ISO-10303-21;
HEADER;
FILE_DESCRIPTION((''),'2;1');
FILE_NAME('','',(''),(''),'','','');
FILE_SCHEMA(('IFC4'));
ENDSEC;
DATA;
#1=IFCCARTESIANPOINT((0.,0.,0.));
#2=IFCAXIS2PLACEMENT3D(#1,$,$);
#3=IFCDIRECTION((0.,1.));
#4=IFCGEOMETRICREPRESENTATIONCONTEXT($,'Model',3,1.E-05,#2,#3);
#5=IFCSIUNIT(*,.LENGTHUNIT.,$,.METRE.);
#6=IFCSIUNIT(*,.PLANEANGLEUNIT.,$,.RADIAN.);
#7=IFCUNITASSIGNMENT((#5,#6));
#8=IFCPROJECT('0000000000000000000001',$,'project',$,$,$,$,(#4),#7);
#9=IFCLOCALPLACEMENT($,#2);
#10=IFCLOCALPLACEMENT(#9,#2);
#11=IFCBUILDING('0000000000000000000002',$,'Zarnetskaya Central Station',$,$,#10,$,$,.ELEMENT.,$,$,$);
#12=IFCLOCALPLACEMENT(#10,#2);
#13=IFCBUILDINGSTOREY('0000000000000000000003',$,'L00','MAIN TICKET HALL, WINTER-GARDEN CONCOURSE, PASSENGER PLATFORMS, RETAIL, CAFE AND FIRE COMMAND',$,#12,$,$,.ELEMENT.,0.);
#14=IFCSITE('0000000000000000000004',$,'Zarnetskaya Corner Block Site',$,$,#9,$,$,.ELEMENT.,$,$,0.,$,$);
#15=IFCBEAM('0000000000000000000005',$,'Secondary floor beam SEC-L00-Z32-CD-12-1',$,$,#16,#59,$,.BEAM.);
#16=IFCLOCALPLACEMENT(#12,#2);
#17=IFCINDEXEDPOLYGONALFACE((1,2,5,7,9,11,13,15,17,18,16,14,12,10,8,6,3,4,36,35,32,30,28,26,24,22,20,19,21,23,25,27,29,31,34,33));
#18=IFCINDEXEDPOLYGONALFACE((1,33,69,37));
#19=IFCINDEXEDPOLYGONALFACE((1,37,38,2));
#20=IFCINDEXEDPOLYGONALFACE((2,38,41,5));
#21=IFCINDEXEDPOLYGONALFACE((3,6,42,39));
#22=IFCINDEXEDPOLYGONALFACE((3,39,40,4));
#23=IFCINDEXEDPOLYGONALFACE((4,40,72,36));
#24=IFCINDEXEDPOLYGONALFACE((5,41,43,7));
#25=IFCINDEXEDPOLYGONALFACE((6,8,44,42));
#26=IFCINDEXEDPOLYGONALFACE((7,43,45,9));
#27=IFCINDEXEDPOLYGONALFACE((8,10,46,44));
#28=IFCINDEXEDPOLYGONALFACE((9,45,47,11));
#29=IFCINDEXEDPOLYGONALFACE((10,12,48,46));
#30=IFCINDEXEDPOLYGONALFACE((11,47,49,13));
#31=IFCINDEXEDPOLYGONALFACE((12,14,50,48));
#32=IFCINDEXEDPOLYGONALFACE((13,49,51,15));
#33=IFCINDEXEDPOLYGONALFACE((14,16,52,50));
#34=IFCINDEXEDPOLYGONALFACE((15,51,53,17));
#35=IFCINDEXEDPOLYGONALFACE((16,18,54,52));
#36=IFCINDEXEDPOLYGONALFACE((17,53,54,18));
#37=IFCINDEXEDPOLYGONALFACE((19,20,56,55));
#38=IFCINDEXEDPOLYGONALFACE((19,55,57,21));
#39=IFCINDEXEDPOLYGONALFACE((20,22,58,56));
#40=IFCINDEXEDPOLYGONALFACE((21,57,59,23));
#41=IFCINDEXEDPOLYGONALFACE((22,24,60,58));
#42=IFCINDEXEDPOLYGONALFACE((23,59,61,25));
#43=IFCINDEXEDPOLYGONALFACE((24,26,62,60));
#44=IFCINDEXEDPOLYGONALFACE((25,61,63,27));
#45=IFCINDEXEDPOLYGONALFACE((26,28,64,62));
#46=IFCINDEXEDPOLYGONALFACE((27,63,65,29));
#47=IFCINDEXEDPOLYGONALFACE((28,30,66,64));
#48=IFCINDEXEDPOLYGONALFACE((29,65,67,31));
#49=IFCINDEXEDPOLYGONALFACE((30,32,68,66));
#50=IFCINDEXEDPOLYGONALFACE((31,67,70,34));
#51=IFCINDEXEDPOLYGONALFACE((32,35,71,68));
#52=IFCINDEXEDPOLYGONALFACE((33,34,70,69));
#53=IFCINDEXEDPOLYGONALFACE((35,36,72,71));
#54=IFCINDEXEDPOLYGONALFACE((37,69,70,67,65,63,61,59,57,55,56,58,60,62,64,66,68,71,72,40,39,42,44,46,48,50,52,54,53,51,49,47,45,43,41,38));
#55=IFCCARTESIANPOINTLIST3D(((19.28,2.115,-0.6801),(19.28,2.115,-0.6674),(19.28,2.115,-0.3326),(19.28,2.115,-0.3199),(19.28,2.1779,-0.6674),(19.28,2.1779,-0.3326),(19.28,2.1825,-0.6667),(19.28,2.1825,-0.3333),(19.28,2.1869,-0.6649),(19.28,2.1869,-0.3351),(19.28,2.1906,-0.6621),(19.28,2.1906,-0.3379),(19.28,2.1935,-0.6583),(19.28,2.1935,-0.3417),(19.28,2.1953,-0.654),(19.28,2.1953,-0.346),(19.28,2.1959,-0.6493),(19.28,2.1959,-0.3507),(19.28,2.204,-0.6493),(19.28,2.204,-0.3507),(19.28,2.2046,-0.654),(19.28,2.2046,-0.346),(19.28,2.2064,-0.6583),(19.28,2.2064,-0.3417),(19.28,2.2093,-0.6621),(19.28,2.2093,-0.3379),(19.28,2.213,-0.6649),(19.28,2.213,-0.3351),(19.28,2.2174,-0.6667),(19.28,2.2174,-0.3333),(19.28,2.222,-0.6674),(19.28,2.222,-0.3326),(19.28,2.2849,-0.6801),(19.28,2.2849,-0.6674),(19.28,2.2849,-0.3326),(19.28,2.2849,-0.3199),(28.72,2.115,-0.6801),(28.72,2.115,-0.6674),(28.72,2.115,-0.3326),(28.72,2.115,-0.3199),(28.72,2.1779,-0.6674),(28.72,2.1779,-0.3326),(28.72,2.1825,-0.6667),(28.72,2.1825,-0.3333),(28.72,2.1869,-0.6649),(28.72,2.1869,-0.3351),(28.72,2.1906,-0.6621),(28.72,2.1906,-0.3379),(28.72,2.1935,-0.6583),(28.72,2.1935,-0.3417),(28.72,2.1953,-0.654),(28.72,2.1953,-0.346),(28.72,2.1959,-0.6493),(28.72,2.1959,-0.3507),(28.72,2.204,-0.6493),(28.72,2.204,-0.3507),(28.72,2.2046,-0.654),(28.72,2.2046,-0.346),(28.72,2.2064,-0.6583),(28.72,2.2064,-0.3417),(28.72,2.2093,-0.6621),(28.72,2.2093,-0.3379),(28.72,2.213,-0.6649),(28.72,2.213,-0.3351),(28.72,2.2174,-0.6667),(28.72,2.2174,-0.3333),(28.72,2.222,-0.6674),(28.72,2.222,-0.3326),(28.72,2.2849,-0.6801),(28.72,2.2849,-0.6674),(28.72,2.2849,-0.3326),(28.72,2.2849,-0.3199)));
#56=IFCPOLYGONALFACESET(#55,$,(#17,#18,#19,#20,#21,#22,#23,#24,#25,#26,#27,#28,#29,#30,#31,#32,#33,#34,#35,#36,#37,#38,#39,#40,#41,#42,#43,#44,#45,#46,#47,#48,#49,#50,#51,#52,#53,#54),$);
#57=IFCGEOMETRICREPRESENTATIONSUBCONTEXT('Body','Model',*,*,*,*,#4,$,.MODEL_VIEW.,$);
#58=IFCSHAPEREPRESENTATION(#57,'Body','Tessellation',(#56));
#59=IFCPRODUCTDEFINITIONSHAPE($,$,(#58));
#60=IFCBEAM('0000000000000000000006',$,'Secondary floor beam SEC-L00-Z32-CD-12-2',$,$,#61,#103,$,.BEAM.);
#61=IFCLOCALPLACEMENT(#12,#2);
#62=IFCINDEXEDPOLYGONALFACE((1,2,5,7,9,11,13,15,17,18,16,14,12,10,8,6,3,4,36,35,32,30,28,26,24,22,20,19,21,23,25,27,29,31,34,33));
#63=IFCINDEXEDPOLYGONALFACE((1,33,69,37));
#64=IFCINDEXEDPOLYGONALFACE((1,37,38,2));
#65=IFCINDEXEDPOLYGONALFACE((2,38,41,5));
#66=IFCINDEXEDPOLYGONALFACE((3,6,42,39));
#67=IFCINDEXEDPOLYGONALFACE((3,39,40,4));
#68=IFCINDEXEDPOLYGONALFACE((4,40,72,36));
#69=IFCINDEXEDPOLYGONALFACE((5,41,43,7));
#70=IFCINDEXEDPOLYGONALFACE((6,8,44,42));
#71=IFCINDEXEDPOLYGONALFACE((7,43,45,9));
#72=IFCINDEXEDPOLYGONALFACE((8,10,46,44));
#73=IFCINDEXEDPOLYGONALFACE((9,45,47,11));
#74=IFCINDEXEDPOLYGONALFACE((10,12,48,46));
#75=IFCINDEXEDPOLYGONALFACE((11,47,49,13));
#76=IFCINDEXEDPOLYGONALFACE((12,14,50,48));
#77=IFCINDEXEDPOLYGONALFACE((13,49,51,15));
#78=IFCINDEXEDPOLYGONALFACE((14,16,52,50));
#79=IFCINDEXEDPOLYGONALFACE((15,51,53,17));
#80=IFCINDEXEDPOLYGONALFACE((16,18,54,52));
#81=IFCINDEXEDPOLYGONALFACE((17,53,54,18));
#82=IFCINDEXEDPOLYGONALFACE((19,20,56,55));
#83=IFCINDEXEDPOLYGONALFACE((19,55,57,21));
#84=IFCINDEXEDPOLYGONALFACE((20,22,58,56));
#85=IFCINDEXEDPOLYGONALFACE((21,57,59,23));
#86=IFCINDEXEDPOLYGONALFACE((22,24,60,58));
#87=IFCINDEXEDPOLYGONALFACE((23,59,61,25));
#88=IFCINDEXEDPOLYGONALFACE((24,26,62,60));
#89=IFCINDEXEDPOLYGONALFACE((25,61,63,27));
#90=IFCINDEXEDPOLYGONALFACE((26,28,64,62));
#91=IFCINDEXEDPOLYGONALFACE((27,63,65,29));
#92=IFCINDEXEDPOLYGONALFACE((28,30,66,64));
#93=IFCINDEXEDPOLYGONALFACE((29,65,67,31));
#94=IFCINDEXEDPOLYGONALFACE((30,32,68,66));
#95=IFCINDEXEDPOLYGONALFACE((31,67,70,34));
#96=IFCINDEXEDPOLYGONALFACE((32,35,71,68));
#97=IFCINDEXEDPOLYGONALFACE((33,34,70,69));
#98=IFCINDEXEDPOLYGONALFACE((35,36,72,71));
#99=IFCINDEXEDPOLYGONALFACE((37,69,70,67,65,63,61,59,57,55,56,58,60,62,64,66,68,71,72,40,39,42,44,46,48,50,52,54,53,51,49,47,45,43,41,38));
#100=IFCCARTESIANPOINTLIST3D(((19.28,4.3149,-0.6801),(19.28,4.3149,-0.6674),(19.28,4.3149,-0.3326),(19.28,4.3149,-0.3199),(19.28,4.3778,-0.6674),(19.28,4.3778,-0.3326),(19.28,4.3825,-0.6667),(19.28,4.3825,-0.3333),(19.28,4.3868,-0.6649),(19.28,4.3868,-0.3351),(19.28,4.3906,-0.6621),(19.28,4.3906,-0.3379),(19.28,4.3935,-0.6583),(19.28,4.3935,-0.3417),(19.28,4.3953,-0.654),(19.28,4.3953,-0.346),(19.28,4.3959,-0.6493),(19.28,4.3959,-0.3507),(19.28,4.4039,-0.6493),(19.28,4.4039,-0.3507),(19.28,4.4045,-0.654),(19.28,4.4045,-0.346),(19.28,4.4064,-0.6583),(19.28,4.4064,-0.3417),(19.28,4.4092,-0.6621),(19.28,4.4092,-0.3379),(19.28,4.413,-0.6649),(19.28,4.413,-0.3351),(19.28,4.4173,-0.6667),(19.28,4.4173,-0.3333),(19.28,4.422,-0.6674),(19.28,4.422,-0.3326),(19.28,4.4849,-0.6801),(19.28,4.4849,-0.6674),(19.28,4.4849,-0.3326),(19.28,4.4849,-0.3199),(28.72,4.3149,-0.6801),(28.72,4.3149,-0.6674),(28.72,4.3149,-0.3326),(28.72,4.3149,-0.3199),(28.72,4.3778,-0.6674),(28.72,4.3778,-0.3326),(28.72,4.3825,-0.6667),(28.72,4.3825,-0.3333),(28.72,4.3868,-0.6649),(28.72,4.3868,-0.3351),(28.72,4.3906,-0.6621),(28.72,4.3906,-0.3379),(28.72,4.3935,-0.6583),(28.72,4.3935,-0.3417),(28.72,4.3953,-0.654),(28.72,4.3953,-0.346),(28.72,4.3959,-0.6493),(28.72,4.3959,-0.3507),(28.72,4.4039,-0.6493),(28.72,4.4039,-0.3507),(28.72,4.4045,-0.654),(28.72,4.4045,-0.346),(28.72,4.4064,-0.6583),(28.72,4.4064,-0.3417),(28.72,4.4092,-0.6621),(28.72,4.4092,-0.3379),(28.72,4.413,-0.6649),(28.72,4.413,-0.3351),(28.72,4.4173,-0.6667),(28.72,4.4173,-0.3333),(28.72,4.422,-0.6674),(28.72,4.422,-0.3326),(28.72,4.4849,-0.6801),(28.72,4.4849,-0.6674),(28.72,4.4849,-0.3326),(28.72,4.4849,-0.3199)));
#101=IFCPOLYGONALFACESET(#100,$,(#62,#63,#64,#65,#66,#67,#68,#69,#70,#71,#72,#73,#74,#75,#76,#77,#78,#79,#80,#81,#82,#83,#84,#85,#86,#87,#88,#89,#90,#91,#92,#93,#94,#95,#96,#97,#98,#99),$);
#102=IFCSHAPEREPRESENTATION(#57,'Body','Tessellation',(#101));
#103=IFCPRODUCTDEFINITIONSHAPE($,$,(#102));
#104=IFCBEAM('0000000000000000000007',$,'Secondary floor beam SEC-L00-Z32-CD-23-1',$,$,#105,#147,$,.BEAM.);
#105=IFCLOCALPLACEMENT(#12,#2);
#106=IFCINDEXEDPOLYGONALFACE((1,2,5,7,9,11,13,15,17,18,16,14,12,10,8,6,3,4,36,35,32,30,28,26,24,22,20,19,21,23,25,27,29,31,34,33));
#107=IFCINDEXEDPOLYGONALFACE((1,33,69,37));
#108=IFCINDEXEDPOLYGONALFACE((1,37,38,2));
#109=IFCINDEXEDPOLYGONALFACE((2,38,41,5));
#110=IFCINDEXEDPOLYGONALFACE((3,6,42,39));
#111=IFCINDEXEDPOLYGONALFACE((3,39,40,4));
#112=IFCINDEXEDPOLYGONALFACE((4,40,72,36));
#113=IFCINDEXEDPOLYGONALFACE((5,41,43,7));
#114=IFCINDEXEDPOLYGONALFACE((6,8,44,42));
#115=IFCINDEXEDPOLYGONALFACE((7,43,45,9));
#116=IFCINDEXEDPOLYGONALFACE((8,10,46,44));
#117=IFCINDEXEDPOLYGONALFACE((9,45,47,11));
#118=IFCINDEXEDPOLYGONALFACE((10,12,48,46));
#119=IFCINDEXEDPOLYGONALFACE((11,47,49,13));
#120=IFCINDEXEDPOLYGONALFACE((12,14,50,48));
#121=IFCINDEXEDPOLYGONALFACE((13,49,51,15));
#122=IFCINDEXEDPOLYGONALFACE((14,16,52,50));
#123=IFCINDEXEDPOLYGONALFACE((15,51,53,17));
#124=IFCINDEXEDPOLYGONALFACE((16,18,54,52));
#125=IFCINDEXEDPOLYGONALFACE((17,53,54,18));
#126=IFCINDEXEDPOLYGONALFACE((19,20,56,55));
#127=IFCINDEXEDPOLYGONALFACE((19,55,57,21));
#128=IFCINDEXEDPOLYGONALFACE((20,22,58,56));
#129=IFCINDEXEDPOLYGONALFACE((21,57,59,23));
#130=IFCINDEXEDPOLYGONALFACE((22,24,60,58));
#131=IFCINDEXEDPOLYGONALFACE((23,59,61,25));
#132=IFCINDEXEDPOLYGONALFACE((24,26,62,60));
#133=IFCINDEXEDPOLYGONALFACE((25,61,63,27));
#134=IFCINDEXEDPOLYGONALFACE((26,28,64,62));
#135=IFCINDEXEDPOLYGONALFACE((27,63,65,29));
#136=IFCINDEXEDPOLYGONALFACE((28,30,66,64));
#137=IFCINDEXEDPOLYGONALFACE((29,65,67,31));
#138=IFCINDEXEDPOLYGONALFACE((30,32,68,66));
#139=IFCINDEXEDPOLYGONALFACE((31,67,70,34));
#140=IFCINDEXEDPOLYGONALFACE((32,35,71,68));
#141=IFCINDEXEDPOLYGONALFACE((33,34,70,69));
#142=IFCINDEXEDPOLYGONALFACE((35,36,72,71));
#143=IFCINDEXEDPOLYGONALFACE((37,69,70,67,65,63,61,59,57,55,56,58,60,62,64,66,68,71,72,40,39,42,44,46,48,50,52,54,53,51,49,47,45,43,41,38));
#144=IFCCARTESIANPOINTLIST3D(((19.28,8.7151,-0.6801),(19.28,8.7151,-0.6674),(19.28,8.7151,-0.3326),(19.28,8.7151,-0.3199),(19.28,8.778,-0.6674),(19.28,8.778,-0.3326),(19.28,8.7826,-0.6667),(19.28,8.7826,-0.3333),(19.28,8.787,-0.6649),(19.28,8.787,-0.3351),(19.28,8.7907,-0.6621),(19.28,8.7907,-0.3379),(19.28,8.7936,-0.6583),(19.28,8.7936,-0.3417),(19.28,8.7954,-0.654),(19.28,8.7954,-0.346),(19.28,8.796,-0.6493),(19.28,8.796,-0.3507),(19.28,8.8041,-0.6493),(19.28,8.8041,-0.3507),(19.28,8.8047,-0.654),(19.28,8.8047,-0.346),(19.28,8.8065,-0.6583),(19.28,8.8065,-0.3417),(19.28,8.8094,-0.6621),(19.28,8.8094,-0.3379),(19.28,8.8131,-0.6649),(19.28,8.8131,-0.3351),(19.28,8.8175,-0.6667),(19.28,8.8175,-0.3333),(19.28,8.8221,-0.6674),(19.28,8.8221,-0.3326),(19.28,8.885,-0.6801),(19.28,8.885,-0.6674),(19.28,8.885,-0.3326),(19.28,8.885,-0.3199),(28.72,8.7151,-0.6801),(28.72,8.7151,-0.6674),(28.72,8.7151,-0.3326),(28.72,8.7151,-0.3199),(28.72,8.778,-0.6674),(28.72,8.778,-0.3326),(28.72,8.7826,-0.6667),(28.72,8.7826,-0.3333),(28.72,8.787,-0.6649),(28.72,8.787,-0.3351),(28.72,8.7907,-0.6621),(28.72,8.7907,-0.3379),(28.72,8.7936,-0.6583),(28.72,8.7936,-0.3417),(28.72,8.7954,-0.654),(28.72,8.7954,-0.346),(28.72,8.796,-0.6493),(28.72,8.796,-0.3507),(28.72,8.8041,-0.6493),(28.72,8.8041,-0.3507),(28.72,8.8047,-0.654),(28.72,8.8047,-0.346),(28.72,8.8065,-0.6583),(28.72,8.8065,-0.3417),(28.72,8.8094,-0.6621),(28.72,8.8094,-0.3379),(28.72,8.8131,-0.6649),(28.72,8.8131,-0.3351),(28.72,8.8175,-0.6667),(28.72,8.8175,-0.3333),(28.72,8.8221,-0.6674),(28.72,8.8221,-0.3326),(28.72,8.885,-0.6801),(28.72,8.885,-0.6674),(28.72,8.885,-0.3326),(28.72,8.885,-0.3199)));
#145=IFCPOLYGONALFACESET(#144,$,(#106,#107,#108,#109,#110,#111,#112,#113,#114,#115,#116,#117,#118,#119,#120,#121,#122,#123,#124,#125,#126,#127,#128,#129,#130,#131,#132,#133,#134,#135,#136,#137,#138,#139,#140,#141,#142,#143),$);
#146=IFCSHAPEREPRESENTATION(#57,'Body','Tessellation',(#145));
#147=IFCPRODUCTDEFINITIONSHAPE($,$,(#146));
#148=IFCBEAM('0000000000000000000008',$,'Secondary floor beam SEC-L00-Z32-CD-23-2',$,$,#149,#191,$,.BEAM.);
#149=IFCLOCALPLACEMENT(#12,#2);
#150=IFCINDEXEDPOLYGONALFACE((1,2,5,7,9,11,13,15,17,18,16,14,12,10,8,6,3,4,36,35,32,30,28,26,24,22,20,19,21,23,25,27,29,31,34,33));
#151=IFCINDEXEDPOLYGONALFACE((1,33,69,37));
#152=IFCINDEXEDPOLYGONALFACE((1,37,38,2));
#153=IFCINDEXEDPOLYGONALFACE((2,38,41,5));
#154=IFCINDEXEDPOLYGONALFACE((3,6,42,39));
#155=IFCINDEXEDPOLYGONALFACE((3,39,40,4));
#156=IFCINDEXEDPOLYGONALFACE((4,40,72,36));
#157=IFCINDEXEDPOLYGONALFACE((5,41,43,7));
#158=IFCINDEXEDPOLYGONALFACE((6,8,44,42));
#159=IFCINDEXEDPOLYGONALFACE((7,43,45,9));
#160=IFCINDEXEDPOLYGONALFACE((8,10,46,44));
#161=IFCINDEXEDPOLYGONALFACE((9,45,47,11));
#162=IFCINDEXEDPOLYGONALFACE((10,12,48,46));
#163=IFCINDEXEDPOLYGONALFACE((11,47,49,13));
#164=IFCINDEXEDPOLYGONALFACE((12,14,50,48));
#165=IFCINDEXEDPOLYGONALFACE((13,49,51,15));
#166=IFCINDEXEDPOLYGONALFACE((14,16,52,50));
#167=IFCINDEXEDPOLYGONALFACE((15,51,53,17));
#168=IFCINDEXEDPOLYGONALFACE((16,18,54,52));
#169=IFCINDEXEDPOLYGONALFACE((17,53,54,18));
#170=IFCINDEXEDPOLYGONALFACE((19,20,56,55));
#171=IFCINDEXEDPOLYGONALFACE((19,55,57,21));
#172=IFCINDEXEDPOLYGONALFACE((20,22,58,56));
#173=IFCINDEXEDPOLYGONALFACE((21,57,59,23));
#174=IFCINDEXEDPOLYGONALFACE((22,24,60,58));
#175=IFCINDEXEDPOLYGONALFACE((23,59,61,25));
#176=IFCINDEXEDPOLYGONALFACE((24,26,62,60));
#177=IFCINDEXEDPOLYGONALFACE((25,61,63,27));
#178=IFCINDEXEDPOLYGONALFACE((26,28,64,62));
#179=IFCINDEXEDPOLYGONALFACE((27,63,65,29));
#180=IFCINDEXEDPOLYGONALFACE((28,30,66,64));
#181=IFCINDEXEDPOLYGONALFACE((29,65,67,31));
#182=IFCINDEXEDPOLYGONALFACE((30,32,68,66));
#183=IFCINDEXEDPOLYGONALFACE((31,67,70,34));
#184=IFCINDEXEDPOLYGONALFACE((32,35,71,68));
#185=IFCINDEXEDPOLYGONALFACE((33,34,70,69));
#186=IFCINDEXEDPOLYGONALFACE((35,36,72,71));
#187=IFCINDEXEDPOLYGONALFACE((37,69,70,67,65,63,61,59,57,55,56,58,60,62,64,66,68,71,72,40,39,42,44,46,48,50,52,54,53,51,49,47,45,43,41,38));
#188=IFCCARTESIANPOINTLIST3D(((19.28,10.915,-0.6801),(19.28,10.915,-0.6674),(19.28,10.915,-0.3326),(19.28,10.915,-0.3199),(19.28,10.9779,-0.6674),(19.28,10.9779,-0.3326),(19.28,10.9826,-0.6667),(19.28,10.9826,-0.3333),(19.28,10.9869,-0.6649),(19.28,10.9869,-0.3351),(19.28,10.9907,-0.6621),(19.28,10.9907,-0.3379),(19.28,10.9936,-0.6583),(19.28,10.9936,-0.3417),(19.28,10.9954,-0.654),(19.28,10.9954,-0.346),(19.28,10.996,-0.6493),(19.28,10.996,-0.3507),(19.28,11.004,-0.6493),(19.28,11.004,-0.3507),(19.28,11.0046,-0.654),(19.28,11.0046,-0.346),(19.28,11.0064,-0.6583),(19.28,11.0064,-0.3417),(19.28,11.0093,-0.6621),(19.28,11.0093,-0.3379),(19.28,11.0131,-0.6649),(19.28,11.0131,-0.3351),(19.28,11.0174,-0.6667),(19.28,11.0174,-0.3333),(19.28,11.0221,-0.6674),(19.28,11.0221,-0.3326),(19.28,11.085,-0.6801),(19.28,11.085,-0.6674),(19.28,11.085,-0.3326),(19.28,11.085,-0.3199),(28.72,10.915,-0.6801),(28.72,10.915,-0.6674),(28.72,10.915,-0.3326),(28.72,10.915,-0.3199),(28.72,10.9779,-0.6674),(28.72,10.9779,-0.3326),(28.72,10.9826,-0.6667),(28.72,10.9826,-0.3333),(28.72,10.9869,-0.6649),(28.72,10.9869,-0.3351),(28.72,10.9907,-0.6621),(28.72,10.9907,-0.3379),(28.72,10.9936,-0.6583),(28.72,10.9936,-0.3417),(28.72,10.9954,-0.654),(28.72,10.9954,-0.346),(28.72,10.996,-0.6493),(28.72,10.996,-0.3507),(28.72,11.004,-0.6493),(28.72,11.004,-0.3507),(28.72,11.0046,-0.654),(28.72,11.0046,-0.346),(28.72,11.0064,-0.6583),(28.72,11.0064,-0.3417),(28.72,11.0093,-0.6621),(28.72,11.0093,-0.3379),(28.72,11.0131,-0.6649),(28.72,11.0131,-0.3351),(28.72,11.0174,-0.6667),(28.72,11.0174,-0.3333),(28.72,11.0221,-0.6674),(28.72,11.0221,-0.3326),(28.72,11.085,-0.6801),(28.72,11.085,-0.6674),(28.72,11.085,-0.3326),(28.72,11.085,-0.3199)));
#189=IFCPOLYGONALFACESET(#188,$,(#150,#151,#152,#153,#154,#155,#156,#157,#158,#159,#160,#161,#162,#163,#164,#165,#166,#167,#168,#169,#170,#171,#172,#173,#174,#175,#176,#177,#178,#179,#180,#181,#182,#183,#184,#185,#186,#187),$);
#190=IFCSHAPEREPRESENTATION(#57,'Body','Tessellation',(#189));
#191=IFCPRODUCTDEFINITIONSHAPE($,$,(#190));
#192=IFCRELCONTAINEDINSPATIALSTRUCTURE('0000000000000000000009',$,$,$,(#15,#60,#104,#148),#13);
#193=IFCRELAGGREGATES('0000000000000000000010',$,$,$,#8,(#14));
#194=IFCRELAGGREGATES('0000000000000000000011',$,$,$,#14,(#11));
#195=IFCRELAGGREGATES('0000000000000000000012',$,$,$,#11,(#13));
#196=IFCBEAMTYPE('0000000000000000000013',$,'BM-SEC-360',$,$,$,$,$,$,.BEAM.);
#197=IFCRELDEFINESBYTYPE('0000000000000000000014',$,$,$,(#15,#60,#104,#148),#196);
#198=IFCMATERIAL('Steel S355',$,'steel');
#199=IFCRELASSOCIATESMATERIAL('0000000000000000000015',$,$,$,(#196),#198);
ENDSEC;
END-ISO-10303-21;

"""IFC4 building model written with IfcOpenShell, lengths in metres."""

from ifc_helpers import new_model, si_unit, direction, frame, origin, origin_2d, place, context, subcontext, project, spatial, i_section, extrude, material, material_profile, profile_set, type_object, element, save


model = new_model("IFC4")

# Units and contexts
model_context = context("Model", 3, precision=1e-05, world=origin(), true_north=direction((0.0, 1.0)))
body_context = subcontext(model_context, "Body", "Model", "MODEL_VIEW")
ifc_project = project(units=[si_unit("LENGTHUNIT", "METRE"), si_unit("PLANEANGLEUNIT", "RADIAN")], contexts=[model_context])

# Site, building, storey
site_placement = place(None, origin())
site = spatial("IfcSite", under=ifc_project, at=site_placement, Name="Zarnetskaya Corner Block Site", CompositionType="ELEMENT", RefElevation=0.0)
building_placement = place(site_placement, origin())
building = spatial("IfcBuilding", under=site, at=building_placement, Name="Zarnetskaya Central Station", CompositionType="ELEMENT")
storey_placement = place(building_placement, origin())
storey = spatial("IfcBuildingStorey", under=building, at=storey_placement, Name="L00", Description="MAIN TICKET HALL, WINTER-GARDEN CONCOURSE, PASSENGER PLATFORMS, RETAIL, CAFE AND FIRE COMMAND", CompositionType="ELEMENT", Elevation=0.0)

# Shared definitions
ifc_material_1 = material(Name="Steel S355", Category="steel")

# Beams
ifc_material_profile_1 = material_profile(ifc_material_1, i_section(OverallWidth=0.1699, OverallDepth=0.3601, WebThickness=0.0081, FlangeThickness=0.0127, FilletRadius=0.0181, at=origin_2d()), Name="IPE 360")
ifc_profile_set_1 = profile_set([ifc_material_profile_1], Name="Steel S355")
beam_type_1 = type_object("IfcBeamType", Name="BM-SEC-360", PredefinedType="BEAM", material=ifc_profile_set_1)
for number, where, z_axis, x_axis, name in (
    (1, (19.28, 2.2, -0.5), (1.0, 0.0, 0.0), (0.0, 1.0, 0.0), "Secondary floor beam SEC-L00-Z32-CD-12-1"),
    (2, (19.28, 4.3999, -0.5), (1.0, 0.0, 0.0), (0.0, 1.0, 0.0), "Secondary floor beam SEC-L00-Z32-CD-12-2"),
    (3, (19.28, 8.8, -0.5), (1.0, 0.0, 0.0), (0.0, 1.0, 0.0), "Secondary floor beam SEC-L00-Z32-CD-23-1"),
    (4, (19.28, 11.0, -0.5), (1.0, 0.0, 0.0), (0.0, 1.0, 0.0), "Secondary floor beam SEC-L00-Z32-CD-23-2"),
):
    element("IfcBeam", number, at=place(storey_placement, frame(where, z_axis=z_axis, x_axis=x_axis)), inside=storey, type_object=beam_type_1, Name=name, PredefinedType="BEAM", context=body_context, shape_type="SweptSolid", body=[
        extrude(i_section(OverallWidth=0.1699, OverallDepth=0.3601, WebThickness=0.0081, FlangeThickness=0.0127, FilletRadius=0.0181, at=origin_2d()), origin(), (0.0, 0.0, 1.0), 9.4399),
    ])

save(model, "model.ifc")
